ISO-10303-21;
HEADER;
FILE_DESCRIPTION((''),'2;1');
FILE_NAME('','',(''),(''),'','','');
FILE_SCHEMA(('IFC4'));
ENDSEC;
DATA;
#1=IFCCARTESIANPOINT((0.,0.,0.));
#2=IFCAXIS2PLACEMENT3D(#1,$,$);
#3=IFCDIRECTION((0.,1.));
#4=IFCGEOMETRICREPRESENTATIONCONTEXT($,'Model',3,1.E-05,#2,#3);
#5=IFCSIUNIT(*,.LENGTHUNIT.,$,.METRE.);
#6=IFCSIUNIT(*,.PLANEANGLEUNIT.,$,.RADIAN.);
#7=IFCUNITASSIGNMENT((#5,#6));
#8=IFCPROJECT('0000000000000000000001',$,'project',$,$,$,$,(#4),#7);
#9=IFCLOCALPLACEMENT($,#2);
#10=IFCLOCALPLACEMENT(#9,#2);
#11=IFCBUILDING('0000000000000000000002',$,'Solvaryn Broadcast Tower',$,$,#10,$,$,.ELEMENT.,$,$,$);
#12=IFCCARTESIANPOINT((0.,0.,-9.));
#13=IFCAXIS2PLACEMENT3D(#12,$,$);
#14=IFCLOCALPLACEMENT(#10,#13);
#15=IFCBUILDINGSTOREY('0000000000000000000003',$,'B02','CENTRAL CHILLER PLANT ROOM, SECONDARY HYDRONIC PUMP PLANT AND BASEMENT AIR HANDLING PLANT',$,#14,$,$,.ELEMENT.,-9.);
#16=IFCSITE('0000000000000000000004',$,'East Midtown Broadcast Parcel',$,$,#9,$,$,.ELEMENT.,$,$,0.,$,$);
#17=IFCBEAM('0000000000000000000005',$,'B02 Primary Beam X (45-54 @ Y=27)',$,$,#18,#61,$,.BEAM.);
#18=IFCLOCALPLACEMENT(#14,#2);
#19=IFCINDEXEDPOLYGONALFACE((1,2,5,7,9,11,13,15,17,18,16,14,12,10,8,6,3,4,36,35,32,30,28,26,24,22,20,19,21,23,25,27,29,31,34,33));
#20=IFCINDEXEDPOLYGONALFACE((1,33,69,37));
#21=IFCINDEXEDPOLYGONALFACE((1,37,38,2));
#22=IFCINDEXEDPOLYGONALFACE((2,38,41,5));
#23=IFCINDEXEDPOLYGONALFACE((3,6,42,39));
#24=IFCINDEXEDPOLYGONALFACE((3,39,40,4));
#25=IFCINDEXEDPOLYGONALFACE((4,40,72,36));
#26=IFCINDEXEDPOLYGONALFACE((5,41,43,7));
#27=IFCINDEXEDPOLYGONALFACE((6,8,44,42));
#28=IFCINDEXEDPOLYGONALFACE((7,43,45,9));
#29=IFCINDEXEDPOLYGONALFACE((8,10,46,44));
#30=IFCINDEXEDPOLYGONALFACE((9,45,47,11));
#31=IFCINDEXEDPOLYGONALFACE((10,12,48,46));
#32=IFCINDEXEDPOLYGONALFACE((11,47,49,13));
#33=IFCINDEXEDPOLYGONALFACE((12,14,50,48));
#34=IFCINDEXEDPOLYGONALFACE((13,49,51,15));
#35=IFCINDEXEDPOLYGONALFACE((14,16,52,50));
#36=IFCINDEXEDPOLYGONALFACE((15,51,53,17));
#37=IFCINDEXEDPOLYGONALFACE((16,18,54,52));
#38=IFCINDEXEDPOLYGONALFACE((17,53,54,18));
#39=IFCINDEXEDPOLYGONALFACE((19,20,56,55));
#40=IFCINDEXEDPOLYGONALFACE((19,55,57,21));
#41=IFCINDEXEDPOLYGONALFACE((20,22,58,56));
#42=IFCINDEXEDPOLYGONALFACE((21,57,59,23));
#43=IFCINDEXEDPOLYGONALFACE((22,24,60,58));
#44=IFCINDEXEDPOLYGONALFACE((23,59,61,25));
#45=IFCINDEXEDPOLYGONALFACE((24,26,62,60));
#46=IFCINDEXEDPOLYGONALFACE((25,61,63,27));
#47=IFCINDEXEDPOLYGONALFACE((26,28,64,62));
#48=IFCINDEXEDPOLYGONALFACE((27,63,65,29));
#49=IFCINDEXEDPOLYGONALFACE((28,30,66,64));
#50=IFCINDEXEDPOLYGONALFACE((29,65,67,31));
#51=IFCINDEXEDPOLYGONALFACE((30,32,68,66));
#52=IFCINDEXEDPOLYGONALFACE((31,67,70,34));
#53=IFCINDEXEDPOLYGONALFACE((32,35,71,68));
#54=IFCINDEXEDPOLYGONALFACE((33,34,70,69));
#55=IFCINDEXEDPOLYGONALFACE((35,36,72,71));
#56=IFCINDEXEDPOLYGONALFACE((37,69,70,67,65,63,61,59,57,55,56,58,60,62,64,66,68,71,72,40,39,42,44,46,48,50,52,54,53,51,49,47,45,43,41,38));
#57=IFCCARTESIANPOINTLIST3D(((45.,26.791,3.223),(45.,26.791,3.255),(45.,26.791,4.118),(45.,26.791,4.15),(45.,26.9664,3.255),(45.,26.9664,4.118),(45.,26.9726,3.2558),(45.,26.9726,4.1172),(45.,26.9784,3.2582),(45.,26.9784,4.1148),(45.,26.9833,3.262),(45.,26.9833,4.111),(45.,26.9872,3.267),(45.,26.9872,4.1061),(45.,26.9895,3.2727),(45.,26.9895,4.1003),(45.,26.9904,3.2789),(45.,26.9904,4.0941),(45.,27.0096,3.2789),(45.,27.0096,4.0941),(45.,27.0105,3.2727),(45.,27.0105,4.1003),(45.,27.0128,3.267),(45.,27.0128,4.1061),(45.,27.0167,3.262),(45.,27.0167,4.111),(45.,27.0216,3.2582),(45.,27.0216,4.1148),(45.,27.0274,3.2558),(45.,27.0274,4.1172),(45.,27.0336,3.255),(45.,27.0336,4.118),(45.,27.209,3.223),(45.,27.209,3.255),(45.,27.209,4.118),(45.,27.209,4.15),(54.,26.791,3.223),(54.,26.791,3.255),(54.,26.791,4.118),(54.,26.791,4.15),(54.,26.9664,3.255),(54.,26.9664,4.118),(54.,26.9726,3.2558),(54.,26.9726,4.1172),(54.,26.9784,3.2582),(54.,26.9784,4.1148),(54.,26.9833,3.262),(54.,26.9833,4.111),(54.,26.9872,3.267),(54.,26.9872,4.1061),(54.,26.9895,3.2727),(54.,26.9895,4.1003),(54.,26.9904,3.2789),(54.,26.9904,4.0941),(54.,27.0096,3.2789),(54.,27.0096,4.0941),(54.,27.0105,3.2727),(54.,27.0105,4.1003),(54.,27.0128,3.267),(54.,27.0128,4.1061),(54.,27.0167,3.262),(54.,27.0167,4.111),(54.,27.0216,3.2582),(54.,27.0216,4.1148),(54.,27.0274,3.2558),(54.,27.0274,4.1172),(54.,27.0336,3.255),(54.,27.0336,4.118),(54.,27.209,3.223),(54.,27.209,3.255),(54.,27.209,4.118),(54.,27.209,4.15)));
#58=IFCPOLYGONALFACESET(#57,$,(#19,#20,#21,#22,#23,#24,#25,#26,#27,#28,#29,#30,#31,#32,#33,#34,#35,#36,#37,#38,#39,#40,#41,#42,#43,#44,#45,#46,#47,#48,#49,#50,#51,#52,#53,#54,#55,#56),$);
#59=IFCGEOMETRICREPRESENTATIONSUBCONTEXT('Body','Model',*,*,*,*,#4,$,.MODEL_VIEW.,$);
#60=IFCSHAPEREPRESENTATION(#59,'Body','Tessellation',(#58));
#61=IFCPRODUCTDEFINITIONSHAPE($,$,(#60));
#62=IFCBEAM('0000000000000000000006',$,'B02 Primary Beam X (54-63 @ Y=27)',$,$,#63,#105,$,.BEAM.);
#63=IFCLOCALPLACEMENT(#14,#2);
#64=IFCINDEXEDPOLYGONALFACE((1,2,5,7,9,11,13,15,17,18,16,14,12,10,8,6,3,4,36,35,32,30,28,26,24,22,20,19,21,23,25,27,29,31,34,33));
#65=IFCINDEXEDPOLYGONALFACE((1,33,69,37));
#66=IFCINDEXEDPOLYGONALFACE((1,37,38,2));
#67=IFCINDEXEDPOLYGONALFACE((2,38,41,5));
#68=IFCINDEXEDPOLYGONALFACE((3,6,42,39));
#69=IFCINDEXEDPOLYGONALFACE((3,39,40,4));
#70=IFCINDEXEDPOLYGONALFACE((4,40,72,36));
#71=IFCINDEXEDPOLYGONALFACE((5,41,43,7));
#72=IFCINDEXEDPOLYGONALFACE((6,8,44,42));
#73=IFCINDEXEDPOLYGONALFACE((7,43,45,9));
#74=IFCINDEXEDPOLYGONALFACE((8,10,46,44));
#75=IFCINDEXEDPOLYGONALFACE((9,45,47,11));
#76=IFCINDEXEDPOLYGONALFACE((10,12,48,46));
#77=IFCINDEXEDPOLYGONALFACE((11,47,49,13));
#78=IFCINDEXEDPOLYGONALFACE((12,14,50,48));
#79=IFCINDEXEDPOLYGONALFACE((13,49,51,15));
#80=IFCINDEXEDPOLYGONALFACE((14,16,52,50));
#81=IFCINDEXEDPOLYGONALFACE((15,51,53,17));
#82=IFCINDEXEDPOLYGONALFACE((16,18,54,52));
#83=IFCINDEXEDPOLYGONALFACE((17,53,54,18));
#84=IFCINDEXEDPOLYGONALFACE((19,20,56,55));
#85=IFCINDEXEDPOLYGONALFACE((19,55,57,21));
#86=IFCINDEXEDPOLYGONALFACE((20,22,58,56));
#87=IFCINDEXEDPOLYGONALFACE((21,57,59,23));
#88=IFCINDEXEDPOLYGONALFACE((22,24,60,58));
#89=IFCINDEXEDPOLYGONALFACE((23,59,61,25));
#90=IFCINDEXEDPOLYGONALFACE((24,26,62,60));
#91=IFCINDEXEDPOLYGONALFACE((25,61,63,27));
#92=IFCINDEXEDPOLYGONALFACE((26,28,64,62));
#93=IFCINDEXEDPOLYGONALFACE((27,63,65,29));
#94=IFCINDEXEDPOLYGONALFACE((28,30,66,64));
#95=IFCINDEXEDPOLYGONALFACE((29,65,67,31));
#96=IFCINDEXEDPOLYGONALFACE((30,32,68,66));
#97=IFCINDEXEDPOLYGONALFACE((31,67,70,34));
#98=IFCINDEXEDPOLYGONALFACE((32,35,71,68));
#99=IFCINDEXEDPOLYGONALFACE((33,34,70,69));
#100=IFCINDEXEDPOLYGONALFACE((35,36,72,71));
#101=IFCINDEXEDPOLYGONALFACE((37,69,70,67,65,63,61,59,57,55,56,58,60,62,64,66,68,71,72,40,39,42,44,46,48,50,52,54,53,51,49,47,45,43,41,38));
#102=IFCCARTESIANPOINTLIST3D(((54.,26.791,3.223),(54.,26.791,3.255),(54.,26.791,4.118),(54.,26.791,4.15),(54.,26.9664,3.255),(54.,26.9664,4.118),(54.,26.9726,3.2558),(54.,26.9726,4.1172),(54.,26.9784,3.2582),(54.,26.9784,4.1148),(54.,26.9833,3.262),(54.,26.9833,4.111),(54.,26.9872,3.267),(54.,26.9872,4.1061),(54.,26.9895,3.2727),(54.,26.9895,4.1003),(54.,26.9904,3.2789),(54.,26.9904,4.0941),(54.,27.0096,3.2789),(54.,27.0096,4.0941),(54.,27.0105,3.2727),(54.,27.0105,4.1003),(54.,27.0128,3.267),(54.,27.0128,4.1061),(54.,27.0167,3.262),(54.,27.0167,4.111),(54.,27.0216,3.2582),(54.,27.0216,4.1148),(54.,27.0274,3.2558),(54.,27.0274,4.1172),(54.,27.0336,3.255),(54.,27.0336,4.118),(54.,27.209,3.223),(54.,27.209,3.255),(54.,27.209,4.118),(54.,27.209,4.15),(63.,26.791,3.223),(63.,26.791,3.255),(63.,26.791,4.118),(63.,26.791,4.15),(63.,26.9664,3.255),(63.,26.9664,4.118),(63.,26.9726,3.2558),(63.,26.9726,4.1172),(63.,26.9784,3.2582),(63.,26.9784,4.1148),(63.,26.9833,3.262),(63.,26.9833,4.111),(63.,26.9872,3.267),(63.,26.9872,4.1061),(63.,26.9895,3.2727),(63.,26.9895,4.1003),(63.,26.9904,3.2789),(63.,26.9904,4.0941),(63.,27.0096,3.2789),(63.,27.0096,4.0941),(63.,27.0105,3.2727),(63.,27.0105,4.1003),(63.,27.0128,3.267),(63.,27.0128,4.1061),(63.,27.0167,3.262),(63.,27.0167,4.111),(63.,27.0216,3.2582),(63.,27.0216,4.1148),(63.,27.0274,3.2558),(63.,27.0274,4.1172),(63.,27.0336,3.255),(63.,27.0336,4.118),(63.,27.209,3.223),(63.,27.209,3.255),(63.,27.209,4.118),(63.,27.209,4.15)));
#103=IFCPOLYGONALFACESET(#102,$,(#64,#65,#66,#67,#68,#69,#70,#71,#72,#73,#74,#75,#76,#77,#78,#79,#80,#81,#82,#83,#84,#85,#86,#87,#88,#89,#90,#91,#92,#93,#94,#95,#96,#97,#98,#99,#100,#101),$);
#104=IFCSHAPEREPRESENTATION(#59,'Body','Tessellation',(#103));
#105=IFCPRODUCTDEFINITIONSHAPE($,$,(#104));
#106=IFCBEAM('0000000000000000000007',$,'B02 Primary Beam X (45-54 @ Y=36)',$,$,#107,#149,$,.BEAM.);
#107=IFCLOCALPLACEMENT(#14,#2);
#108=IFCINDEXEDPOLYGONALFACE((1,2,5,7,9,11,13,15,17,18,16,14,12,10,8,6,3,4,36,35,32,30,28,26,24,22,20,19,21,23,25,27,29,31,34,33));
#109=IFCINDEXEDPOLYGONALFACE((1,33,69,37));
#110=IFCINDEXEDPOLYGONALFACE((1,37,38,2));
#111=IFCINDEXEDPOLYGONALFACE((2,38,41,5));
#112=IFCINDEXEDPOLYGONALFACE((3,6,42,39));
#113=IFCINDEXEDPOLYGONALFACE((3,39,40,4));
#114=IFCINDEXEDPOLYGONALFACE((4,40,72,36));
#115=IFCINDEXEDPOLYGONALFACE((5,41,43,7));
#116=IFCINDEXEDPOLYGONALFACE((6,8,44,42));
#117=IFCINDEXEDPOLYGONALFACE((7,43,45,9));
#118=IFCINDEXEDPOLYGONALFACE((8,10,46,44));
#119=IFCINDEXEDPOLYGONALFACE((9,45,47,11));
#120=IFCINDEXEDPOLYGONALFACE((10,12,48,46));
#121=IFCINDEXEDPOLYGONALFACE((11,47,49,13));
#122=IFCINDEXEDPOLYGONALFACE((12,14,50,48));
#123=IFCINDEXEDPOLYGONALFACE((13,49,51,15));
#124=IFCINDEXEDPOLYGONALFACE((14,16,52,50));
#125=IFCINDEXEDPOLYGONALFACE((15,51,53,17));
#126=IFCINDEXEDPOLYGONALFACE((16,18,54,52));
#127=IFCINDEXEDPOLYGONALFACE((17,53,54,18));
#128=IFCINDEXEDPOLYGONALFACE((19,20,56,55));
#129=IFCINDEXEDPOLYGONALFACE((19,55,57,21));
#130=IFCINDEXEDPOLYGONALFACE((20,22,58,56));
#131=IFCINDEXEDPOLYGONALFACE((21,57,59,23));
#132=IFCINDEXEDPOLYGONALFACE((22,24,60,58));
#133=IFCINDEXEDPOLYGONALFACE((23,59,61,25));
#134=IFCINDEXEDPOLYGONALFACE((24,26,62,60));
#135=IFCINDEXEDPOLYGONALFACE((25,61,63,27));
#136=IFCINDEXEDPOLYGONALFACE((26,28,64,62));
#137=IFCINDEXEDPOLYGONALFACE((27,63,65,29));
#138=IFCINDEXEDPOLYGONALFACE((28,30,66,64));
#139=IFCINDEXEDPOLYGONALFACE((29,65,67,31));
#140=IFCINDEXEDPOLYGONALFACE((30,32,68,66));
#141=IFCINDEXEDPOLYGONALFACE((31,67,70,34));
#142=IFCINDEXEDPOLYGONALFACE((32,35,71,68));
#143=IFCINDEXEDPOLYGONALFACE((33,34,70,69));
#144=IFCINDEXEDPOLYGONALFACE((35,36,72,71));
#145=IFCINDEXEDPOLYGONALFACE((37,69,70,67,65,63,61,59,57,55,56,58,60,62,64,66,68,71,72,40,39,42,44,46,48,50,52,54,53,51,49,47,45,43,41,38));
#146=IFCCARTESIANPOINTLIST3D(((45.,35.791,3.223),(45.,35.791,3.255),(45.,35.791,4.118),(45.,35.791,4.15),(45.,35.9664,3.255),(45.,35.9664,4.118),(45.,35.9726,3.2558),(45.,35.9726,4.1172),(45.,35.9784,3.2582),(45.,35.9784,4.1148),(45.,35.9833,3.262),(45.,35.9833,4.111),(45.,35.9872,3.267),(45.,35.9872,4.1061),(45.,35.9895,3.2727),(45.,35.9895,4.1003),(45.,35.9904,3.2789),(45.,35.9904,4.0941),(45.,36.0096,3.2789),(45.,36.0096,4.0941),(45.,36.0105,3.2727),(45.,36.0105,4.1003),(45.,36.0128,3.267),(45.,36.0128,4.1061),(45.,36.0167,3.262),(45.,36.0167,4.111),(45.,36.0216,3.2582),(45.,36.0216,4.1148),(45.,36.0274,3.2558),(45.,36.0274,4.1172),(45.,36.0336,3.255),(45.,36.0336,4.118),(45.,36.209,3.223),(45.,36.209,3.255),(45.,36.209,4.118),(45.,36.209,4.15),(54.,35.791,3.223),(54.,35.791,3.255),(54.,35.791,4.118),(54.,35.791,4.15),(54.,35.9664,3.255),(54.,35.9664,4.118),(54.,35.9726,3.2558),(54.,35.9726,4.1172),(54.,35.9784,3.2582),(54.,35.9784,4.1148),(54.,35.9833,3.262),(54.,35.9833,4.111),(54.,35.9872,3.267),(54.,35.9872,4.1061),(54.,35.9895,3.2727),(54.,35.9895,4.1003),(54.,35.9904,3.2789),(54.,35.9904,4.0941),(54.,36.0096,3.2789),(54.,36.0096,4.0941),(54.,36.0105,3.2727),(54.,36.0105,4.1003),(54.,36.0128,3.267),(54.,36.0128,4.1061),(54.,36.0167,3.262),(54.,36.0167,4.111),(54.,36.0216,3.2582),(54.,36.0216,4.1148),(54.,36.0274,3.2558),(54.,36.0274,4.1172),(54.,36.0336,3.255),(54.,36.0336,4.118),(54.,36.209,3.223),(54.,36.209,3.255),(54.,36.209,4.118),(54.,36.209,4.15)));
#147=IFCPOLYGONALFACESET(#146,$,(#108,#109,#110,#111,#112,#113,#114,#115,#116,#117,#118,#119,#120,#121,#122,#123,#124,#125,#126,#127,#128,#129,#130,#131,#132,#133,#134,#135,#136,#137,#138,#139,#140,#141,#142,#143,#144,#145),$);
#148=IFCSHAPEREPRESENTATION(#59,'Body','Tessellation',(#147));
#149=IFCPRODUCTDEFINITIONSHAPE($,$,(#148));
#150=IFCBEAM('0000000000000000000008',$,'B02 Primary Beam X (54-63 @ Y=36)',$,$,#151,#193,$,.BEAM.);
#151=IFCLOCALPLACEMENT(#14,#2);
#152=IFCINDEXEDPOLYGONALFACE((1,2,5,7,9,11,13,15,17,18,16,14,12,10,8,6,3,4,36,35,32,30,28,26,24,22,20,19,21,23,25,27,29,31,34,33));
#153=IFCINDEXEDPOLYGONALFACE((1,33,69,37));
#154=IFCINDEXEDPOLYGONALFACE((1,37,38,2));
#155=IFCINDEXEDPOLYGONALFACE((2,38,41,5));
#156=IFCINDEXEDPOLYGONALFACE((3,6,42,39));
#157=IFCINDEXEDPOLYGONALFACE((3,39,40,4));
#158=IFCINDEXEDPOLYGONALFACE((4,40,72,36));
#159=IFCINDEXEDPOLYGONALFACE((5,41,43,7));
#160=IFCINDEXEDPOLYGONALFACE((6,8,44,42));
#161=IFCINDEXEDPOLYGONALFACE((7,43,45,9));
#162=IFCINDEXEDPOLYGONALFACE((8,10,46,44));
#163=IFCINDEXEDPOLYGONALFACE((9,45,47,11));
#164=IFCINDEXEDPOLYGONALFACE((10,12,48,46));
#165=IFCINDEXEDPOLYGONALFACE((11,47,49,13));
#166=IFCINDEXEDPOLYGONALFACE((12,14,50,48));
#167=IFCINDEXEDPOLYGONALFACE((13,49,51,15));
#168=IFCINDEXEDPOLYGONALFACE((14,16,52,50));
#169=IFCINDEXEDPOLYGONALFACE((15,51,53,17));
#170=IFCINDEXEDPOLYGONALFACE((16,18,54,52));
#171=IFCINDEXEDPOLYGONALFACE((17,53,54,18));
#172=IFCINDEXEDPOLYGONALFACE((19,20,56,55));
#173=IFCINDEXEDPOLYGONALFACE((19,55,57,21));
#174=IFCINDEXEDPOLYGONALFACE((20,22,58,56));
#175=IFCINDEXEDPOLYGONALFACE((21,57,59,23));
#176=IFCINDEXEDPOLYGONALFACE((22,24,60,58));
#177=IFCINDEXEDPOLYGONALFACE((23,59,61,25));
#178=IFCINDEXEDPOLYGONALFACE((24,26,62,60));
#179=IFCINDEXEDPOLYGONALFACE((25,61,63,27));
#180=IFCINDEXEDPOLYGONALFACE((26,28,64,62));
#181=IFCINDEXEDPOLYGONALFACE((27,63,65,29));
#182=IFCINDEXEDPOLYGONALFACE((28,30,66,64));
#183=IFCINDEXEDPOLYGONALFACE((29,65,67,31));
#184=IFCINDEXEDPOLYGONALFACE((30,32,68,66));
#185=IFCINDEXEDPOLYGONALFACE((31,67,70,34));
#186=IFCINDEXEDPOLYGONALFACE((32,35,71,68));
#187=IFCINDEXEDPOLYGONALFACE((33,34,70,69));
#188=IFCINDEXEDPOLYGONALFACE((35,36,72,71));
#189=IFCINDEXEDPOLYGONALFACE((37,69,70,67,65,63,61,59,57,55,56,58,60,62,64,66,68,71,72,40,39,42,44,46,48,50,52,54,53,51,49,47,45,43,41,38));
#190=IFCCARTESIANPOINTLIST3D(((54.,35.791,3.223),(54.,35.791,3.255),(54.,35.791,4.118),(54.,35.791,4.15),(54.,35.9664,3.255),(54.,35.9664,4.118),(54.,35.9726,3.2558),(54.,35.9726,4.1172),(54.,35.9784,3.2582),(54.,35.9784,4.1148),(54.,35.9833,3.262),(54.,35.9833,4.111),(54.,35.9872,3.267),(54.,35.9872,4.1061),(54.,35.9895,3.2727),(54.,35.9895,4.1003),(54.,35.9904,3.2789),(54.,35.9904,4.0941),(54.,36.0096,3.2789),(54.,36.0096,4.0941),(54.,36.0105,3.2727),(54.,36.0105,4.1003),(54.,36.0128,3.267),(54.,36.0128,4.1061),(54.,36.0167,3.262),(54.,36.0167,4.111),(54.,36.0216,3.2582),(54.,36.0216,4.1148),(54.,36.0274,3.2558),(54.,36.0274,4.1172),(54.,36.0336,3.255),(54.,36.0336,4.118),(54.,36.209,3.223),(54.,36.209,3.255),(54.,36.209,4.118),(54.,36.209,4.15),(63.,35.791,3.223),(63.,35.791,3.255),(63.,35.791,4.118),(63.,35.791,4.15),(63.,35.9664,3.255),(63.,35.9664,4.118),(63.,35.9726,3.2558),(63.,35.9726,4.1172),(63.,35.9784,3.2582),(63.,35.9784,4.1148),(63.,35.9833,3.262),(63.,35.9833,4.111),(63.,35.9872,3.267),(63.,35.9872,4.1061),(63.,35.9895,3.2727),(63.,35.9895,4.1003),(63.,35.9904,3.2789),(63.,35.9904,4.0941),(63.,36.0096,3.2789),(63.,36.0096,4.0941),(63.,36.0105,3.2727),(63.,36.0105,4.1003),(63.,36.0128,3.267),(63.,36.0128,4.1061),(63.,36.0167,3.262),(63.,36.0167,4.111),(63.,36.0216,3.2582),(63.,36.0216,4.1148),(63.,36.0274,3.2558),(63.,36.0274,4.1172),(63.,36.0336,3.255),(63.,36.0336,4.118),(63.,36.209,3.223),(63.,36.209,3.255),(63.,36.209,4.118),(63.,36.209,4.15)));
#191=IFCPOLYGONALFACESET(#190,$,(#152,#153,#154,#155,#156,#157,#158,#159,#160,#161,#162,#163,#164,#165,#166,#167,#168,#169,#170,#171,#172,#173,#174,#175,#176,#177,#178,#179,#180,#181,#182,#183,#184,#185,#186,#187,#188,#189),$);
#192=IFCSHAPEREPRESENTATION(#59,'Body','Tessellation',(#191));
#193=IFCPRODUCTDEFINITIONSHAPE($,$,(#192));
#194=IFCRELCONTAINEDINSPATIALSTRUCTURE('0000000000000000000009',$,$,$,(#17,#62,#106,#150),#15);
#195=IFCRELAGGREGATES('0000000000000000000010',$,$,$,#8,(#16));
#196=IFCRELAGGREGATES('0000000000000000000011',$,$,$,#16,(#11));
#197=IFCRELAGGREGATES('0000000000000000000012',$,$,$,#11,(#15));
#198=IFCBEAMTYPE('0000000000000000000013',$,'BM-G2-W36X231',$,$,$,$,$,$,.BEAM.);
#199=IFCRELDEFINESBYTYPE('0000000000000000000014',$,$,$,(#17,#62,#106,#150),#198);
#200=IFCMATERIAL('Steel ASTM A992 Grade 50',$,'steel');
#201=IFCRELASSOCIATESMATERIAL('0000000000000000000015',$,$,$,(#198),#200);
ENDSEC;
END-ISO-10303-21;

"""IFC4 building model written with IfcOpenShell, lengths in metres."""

from ifc_helpers import new_model, si_unit, direction, frame, origin, origin_2d, place, context, subcontext, project, spatial, i_section, extrude, material, material_profile, profile_set, type_object, element, save


model = new_model("IFC4")

# Units and contexts
model_context = context("Model", 3, precision=1e-05, world=origin(), true_north=direction((0.0, 1.0)))
body_context = subcontext(model_context, "Body", "Model", "MODEL_VIEW")
ifc_project = project(units=[si_unit("LENGTHUNIT", "METRE"), si_unit("PLANEANGLEUNIT", "RADIAN")], contexts=[model_context])

# Site, building, storey
site_placement = place(None, origin())
site = spatial("IfcSite", under=ifc_project, at=site_placement, Name="East Midtown Broadcast Parcel", CompositionType="ELEMENT", RefElevation=0.0)
building_placement = place(site_placement, origin())
building = spatial("IfcBuilding", under=site, at=building_placement, Name="Solvaryn Broadcast Tower", CompositionType="ELEMENT")
storey_placement = place(building_placement, frame((0.0, 0.0, -9.0)))
storey = spatial("IfcBuildingStorey", under=building, at=storey_placement, Name="B02", Description="CENTRAL CHILLER PLANT ROOM, SECONDARY HYDRONIC PUMP PLANT AND BASEMENT AIR HANDLING PLANT", CompositionType="ELEMENT", Elevation=-9.0)

# Beams
ifc_material_1 = material(Name="Steel ASTM A992 Grade 50", Category="steel")
ifc_material_profile_1 = material_profile(ifc_material_1, i_section(OverallWidth=0.418, OverallDepth=0.927, WebThickness=0.0193, FlangeThickness=0.032, FilletRadius=0.0239, at=origin_2d()))
ifc_profile_set_1 = profile_set([ifc_material_profile_1], Name="Steel ASTM A992 Grade 50")
beam_type_1 = type_object("IfcBeamType", Name="BM-G2-W36X231", PredefinedType="BEAM", material=ifc_profile_set_1)
for number, where, z_axis, x_axis, name in (
    (1, (45.0, 27.0, 3.6865), (1.0, 0.0, 0.0), (0.0, 1.0, 0.0), "B02 Primary Beam X (45-54 @ Y=27)"),
    (2, (54.0, 27.0, 3.6865), (1.0, 0.0, 0.0), (0.0, 1.0, 0.0), "B02 Primary Beam X (54-63 @ Y=27)"),
    (3, (45.0, 36.0, 3.6865), (1.0, 0.0, 0.0), (0.0, 1.0, 0.0), "B02 Primary Beam X (45-54 @ Y=36)"),
    (4, (54.0, 36.0, 3.6865), (1.0, 0.0, 0.0), (0.0, 1.0, 0.0), "B02 Primary Beam X (54-63 @ Y=36)"),
):
    element("IfcBeam", number, at=place(storey_placement, frame(where, z_axis=z_axis, x_axis=x_axis)), inside=storey, type_object=beam_type_1, Name=name, PredefinedType="BEAM", context=body_context, shape_type="SweptSolid", body=[
        extrude(i_section(OverallWidth=0.418, OverallDepth=0.927, WebThickness=0.0193, FlangeThickness=0.032, FilletRadius=0.0239, at=origin_2d()), origin(), (0.0, 0.0, 1.0), 9.0),
    ])

save(model, "model.ifc")
